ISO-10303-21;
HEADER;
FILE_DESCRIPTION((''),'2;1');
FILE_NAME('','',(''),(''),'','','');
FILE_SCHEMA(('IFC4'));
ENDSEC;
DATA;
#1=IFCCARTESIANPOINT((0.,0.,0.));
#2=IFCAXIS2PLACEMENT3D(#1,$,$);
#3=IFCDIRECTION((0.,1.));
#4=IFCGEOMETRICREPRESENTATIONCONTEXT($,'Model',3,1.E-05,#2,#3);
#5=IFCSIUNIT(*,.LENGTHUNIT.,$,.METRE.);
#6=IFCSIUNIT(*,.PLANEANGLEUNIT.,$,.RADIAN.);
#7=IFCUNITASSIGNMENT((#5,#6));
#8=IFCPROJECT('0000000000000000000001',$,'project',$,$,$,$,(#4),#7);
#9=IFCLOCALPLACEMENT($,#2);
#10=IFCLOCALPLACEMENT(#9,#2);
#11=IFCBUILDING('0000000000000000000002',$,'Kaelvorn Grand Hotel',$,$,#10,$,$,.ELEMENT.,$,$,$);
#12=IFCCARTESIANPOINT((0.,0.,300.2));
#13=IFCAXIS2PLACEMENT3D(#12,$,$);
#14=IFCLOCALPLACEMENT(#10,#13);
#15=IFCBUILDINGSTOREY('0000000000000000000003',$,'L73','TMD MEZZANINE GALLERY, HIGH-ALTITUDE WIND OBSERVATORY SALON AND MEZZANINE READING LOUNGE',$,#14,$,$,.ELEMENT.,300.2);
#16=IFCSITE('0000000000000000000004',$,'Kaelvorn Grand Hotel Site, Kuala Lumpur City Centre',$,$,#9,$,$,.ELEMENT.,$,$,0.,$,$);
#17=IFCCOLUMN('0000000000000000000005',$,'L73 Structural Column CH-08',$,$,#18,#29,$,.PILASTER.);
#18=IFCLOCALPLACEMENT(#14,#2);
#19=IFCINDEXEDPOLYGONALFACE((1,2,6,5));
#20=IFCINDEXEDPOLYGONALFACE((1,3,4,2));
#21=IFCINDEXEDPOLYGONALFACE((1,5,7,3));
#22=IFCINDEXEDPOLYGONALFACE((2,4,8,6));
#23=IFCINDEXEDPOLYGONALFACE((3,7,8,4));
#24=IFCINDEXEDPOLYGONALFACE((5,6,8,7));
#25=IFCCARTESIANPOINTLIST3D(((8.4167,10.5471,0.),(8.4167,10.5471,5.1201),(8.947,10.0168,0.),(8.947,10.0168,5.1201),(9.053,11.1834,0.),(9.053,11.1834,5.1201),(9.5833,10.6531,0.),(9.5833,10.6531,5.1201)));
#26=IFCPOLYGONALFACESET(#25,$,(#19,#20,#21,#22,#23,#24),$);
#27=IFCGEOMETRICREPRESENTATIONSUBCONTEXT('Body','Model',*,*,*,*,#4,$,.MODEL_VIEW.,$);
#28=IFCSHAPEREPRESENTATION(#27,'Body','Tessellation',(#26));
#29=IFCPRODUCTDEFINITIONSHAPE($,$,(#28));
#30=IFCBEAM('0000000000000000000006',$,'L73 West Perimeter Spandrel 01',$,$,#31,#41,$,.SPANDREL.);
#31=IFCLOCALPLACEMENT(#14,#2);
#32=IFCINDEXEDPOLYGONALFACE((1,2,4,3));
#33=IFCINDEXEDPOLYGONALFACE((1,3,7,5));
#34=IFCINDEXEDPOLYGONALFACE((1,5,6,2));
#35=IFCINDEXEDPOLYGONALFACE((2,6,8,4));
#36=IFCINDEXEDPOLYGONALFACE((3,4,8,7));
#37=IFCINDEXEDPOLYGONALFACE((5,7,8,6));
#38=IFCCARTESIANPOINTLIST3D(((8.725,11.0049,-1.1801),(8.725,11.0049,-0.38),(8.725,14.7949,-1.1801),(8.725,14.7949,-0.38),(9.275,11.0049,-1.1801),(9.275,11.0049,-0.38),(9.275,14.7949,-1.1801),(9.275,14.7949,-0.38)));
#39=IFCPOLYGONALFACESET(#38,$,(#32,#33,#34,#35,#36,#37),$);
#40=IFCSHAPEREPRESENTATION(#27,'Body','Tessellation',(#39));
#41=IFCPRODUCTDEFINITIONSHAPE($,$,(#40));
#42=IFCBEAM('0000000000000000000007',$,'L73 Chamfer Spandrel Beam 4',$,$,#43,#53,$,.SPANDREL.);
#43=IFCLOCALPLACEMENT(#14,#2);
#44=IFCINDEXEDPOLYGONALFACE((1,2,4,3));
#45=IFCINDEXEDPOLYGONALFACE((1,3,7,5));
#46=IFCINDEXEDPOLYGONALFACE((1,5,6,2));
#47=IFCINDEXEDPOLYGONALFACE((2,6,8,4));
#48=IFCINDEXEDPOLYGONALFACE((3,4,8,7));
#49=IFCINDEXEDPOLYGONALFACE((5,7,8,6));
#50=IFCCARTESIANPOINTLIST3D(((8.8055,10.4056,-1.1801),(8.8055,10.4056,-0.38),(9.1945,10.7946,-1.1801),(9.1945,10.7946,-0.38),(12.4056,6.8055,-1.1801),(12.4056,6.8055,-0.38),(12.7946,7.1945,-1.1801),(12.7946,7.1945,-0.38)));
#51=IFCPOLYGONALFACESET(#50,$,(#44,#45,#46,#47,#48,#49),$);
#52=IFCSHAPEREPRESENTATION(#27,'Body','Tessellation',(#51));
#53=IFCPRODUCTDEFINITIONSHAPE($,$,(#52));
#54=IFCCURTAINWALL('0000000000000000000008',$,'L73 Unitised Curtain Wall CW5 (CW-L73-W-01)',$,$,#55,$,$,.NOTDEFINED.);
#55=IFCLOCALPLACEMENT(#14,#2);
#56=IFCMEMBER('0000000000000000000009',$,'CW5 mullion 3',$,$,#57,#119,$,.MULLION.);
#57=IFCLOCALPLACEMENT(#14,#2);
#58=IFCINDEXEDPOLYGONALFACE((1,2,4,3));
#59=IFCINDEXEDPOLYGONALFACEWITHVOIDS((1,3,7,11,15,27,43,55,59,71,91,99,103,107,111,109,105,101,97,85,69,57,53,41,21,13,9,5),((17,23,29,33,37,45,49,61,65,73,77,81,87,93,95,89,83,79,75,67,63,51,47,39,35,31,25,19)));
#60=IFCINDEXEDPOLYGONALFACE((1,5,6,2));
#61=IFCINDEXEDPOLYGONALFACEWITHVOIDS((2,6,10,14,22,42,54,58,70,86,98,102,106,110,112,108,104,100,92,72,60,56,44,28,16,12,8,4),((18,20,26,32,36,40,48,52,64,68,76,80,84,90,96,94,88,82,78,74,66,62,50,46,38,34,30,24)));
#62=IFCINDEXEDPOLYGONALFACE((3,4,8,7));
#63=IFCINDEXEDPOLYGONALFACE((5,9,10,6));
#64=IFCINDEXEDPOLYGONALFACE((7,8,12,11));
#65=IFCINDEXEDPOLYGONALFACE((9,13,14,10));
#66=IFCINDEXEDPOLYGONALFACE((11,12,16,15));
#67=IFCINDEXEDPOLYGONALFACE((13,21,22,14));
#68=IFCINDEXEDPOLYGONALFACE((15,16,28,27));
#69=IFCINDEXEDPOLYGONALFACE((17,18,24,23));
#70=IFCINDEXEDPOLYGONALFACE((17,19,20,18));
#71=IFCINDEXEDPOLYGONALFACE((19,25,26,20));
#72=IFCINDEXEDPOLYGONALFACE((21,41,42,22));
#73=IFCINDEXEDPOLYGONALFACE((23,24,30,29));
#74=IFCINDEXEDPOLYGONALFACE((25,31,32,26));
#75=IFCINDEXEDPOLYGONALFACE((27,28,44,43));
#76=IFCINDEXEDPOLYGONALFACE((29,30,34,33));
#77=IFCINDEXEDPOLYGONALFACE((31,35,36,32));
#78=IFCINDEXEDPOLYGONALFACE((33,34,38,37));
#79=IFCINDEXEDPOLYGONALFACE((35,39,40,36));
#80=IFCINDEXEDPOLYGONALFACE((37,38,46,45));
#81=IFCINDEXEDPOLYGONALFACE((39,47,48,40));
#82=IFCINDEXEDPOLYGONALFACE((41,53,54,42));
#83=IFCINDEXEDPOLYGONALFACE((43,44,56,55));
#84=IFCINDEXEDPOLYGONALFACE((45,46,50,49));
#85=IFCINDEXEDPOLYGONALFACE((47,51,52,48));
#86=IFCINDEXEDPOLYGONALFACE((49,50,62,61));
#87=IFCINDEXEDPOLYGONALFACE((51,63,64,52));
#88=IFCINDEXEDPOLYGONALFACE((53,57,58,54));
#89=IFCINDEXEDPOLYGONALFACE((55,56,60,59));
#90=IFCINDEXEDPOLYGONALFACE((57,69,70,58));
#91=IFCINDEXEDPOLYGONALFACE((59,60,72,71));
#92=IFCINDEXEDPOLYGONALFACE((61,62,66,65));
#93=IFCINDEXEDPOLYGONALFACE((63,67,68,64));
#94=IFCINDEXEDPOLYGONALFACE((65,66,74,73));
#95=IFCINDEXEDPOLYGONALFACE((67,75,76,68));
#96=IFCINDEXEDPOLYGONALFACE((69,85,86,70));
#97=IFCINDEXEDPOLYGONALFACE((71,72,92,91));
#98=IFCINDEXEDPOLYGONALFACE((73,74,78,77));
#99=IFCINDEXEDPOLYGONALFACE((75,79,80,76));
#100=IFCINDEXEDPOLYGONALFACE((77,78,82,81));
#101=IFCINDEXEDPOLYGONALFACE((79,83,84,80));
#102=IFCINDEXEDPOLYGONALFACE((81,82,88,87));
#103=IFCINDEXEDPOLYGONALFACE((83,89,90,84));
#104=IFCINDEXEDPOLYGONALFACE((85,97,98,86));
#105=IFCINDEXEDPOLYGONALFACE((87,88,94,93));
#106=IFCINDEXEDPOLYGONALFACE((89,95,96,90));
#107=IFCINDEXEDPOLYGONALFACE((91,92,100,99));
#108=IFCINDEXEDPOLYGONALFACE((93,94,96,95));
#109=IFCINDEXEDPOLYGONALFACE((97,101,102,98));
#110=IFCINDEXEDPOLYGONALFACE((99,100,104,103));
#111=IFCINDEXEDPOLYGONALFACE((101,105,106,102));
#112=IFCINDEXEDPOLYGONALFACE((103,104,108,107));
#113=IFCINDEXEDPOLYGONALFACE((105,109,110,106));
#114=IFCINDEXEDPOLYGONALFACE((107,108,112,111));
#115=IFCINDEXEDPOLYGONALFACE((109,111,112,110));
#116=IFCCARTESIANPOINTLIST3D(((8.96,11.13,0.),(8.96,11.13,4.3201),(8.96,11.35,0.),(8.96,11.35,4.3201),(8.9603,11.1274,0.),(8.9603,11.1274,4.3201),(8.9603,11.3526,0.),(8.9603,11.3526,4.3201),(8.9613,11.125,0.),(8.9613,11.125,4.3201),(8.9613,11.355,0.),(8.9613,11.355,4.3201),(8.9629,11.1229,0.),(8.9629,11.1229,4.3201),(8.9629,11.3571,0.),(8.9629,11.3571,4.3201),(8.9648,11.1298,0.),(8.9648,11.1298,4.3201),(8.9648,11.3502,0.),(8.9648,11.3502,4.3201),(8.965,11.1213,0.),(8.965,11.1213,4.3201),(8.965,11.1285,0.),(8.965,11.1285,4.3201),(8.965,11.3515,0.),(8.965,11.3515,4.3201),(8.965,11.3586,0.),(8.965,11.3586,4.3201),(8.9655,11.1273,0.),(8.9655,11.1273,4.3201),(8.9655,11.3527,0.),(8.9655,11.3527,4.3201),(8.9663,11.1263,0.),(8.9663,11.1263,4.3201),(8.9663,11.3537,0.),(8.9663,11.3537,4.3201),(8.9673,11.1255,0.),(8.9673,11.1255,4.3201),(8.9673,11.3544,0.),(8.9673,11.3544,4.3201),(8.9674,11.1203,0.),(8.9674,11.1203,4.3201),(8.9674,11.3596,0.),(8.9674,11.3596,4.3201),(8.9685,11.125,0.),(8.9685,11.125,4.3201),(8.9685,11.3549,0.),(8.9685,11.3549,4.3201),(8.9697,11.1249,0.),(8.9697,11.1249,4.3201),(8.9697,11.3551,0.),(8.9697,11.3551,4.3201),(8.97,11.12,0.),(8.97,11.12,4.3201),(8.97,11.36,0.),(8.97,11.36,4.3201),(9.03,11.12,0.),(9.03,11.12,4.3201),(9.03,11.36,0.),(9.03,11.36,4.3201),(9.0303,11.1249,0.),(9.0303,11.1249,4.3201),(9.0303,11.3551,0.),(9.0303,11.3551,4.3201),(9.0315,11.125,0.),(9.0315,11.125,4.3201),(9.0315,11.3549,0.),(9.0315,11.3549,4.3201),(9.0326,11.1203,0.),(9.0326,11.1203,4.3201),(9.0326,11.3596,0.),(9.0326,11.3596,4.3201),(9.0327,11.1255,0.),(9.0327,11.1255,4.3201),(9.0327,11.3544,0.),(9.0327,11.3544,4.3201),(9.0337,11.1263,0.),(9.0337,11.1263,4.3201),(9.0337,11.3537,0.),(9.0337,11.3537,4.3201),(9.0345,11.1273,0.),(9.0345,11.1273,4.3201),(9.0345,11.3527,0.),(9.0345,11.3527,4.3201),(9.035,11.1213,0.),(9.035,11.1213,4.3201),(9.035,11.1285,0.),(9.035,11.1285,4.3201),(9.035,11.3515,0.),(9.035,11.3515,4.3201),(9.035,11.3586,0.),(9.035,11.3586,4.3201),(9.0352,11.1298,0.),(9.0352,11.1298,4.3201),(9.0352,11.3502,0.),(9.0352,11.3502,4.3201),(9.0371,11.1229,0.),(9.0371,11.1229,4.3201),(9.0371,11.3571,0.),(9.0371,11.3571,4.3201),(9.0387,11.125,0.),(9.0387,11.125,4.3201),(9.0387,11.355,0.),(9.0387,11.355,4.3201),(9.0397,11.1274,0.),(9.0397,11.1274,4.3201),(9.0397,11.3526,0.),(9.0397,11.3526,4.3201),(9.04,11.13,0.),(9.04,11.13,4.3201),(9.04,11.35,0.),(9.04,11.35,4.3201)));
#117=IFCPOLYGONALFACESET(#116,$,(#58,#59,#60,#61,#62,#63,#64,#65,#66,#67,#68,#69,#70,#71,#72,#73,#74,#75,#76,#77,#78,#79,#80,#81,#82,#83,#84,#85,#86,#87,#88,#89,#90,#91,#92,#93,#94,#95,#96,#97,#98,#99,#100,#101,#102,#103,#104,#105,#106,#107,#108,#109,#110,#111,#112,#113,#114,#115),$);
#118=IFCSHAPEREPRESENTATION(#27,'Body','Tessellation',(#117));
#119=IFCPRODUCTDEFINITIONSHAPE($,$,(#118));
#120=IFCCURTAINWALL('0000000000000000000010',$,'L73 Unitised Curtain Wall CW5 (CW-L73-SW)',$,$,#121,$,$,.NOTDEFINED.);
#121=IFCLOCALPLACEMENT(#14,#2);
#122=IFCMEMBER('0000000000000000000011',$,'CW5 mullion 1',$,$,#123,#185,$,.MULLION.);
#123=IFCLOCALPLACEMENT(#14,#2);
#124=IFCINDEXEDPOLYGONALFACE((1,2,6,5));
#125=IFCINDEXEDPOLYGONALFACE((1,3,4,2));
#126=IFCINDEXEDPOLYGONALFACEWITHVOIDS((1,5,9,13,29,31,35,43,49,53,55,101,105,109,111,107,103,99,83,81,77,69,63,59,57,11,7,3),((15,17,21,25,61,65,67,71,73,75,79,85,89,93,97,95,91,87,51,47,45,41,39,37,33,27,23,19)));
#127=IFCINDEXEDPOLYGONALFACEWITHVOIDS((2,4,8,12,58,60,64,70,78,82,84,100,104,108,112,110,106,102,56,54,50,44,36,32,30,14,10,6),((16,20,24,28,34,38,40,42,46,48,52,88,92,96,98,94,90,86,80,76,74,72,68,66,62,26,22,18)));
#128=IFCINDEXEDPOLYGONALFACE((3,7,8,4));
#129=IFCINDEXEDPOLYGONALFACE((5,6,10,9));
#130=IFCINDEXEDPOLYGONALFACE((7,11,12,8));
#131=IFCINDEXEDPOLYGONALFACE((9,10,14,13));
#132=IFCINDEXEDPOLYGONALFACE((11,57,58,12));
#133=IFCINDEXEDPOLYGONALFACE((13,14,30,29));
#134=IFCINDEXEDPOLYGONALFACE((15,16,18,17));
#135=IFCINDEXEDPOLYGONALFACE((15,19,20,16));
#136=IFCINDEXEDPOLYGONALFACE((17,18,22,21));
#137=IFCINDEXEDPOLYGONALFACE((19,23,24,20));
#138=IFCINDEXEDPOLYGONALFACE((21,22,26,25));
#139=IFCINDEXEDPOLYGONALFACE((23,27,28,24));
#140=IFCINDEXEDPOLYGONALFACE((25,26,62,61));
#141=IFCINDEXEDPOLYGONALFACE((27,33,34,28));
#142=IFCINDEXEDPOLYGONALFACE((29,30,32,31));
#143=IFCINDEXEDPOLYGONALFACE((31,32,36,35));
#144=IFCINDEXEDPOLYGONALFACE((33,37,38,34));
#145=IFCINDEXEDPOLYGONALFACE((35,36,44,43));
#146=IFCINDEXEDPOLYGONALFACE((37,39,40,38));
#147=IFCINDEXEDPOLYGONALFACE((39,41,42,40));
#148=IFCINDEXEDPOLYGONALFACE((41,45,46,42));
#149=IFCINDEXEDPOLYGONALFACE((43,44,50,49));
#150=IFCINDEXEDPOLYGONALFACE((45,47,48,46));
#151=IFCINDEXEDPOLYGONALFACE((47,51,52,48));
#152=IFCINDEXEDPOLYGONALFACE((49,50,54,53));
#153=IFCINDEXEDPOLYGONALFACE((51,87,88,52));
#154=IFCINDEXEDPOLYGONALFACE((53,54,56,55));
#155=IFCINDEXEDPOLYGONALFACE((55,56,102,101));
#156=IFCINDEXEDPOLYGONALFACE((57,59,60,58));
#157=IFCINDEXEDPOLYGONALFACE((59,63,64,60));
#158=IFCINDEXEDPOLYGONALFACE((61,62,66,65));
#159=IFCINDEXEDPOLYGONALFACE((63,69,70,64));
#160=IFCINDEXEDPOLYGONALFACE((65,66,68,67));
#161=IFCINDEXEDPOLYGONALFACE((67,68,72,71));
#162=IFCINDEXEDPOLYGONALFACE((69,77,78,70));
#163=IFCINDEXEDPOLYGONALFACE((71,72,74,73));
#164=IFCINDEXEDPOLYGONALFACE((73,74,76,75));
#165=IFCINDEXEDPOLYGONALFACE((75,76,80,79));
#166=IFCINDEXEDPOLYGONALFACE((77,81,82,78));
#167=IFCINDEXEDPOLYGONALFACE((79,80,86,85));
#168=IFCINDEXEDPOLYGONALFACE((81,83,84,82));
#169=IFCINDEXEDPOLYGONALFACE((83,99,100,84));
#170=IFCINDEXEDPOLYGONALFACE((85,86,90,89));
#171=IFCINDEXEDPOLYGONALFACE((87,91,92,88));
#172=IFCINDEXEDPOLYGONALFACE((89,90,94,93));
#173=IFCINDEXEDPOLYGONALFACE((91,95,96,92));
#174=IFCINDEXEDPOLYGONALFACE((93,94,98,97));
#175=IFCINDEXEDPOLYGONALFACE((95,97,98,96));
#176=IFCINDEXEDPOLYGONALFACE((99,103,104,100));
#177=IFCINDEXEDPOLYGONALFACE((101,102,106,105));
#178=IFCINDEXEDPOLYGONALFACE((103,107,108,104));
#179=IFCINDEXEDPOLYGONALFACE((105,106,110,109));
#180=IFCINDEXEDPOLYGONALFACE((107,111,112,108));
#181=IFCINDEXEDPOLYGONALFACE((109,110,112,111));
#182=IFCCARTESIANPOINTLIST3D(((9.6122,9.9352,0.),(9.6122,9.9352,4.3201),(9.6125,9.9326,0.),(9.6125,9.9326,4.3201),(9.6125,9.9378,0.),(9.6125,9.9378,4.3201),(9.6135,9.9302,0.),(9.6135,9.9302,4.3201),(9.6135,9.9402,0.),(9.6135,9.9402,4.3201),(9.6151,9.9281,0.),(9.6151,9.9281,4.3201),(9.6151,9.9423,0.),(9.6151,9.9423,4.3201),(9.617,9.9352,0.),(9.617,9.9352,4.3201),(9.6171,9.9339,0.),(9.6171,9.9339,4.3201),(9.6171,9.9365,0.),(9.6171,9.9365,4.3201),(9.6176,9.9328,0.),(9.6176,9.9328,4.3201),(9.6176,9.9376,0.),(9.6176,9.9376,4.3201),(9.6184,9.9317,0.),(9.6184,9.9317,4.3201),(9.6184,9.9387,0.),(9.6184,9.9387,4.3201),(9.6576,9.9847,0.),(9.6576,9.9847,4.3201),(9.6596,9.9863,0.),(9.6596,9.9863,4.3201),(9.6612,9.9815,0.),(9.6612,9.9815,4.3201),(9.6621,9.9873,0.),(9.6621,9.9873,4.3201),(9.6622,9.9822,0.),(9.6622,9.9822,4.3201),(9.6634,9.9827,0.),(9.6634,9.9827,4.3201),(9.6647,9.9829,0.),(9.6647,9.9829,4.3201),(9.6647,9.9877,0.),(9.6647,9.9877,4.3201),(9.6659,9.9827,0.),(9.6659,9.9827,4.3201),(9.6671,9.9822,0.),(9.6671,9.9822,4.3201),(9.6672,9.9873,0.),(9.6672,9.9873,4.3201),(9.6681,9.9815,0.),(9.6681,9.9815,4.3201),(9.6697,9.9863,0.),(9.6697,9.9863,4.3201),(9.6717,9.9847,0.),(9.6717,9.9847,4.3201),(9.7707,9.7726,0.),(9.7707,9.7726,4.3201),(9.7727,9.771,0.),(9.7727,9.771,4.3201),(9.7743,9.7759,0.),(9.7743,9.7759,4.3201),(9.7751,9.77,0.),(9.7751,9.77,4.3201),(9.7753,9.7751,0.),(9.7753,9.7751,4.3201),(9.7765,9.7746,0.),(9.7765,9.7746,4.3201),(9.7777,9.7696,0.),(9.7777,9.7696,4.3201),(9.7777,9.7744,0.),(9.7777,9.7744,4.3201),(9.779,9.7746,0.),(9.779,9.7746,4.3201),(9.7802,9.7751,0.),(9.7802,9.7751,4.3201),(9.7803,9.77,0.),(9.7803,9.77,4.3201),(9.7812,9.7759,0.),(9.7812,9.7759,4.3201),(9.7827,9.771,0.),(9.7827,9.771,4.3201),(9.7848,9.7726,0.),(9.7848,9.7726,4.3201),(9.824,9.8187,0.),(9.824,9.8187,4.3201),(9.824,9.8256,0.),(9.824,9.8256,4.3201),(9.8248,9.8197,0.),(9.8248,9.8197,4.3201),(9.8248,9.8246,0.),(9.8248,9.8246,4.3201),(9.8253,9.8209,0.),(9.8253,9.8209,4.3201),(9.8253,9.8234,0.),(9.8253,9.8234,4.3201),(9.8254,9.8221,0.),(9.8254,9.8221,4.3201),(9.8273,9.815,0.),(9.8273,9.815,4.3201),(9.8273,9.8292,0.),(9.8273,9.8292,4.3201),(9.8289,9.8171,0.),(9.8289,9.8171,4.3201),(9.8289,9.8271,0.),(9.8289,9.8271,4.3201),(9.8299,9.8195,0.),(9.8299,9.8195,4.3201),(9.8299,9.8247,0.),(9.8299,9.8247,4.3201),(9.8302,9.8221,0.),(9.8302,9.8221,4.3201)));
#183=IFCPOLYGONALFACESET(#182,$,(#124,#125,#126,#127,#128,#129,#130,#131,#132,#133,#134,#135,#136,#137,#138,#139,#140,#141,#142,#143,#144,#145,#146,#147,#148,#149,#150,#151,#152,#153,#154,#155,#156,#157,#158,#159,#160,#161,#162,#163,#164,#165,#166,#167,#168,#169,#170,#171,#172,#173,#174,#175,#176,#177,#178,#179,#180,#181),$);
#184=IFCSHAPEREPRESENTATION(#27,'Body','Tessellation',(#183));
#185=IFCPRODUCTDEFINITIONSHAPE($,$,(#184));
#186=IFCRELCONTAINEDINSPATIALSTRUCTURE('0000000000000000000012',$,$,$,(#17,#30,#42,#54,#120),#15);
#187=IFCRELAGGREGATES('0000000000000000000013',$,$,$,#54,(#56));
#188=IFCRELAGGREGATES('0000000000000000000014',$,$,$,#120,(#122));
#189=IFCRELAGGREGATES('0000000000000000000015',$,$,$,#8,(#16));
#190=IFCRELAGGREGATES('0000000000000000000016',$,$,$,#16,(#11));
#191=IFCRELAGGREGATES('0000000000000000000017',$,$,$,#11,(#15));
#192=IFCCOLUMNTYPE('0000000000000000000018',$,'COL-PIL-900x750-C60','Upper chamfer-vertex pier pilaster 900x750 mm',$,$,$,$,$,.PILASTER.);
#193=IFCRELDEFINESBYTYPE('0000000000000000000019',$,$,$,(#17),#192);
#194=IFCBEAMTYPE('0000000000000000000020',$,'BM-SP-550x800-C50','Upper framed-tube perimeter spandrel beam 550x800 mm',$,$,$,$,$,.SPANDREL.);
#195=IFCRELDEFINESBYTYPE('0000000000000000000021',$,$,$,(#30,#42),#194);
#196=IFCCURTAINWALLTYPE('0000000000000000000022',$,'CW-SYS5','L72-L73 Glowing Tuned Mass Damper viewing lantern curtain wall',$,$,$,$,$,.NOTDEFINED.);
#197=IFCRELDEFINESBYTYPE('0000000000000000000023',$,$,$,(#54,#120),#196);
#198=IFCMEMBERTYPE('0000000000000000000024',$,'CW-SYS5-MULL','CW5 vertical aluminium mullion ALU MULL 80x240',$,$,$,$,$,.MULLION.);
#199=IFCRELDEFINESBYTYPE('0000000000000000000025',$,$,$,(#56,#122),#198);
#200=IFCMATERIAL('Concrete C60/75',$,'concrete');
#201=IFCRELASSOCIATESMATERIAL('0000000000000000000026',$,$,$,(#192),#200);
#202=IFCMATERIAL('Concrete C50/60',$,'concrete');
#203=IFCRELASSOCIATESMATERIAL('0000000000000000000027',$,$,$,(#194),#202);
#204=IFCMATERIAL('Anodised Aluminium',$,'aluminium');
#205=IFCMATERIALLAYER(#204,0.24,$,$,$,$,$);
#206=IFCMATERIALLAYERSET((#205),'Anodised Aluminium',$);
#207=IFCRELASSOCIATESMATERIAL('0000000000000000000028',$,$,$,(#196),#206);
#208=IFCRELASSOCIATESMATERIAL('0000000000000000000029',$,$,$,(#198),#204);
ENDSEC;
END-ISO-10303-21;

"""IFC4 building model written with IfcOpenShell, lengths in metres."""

from ifc_helpers import new_model, si_unit, direction, frame, origin, origin_2d, place, context, subcontext, project, spatial, rectangle, hollow_rectangle, extrude, material, layer, layer_set, material_profile, profile_set, type_object, element, aggregate, save


model = new_model("IFC4")

# Units and contexts
model_context = context("Model", 3, precision=1e-05, world=origin(), true_north=direction((0.0, 1.0)))
body_context = subcontext(model_context, "Body", "Model", "MODEL_VIEW")
ifc_project = project(units=[si_unit("LENGTHUNIT", "METRE"), si_unit("PLANEANGLEUNIT", "RADIAN")], contexts=[model_context])

# Site, building, storey
site_placement = place(None, origin())
site = spatial("IfcSite", under=ifc_project, at=site_placement, Name="Kaelvorn Grand Hotel Site, Kuala Lumpur City Centre", CompositionType="ELEMENT", RefElevation=0.0)
building_placement = place(site_placement, origin())
building = spatial("IfcBuilding", under=site, at=building_placement, Name="Kaelvorn Grand Hotel", CompositionType="ELEMENT")
storey_placement = place(building_placement, frame((0.0, 0.0, 300.2)))
storey = spatial("IfcBuildingStorey", under=building, at=storey_placement, Name="L73", Description="TMD MEZZANINE GALLERY, HIGH-ALTITUDE WIND OBSERVATORY SALON AND MEZZANINE READING LOUNGE", CompositionType="ELEMENT", Elevation=300.2)

# Column
ifc_material_1 = material(Name="Concrete C60/75", Category="concrete")
ifc_material_profile_1 = material_profile(ifc_material_1, rectangle(XDim=0.8999, YDim=0.75, at=origin_2d()), Name="RC PILASTER 900x750")
ifc_profile_set_1 = profile_set([ifc_material_profile_1], Name="Concrete C60/75")
column_type = type_object("IfcColumnType", Name="COL-PIL-900x750-C60", Description="Upper chamfer-vertex pier pilaster 900x750 mm", PredefinedType="PILASTER", material=ifc_profile_set_1)
column_placement = place(storey_placement, frame((9.0, 10.6001, 0.0), z_axis=(0.0, 0.0, 1.0), x_axis=(0.707107, 0.707107, 0.0)))
element("IfcColumn", 1, at=column_placement, inside=storey, type_object=column_type, Name="L73 Structural Column CH-08", PredefinedType="PILASTER", context=body_context, shape_type="SweptSolid", body=[
    extrude(rectangle(XDim=0.8999, YDim=0.75, at=origin_2d()), origin(), (0.0, 0.0, 1.0), 5.1201),
])

# Beams
ifc_material_2 = material(Name="Concrete C50/60", Category="concrete")
ifc_material_profile_2 = material_profile(ifc_material_2, rectangle(XDim=0.55, YDim=0.8, at=origin_2d()), Name="RC SPANDREL 550x800")
ifc_profile_set_2 = profile_set([ifc_material_profile_2], Name="Concrete C50/60")
beam_type = type_object("IfcBeamType", Name="BM-SP-550x800-C50", Description="Upper framed-tube perimeter spandrel beam 550x800 mm", PredefinedType="SPANDREL", material=ifc_profile_set_2)
beam_1_placement = place(storey_placement, frame((9.0, 11.0049, -0.78), z_axis=(0.0, 1.0, 0.0), x_axis=(-1.0, 0.0, 0.0)))
element("IfcBeam", 2, at=beam_1_placement, inside=storey, type_object=beam_type, Name="L73 West Perimeter Spandrel 01", PredefinedType="SPANDREL", context=body_context, shape_type="SweptSolid", body=[
    extrude(rectangle(XDim=0.55, YDim=0.8, at=origin_2d()), origin(), (0.0, 0.0, 1.0), 3.79),
])
beam_2_placement = place(storey_placement, frame((9.0, 10.6001, -0.78), z_axis=(0.707107, -0.707107, 0.0), x_axis=(0.707107, 0.707107, 0.0)))
element("IfcBeam", 3, at=beam_2_placement, inside=storey, type_object=beam_type, Name="L73 Chamfer Spandrel Beam 4", PredefinedType="SPANDREL", context=body_context, shape_type="SweptSolid", body=[
    extrude(rectangle(XDim=0.55, YDim=0.8, at=origin_2d()), origin(), (0.0, 0.0, 1.0), 5.0913),
])

# Curtain wall, member
ifc_material_3 = material(Name="Anodised Aluminium", Category="aluminium")
ifc_layer_1 = layer(ifc_material_3, 0.24)
ifc_layer_set_1 = layer_set([ifc_layer_1], Name="Anodised Aluminium")
curtain_wall_type = type_object("IfcCurtainWallType", Name="CW-SYS5", Description="L72-L73 Glowing Tuned Mass Damper viewing lantern curtain wall", PredefinedType="NOTDEFINED", material=ifc_layer_set_1)
curtain_wall_1_placement = place(storey_placement, origin())
curtain_wall_1 = element("IfcCurtainWall", 4, at=curtain_wall_1_placement, inside=storey, type_object=curtain_wall_type, Name="L73 Unitised Curtain Wall CW5 (CW-L73-W-01)", PredefinedType="NOTDEFINED")
ifc_material_profile_3 = material_profile(ifc_material_3, hollow_rectangle(XDim=0.0801, YDim=0.24, WallThickness=0.0049, InnerFilletRadius=0.0049, OuterFilletRadius=0.01, at=origin_2d()), Name="ALU MULL 80x240")
ifc_profile_set_3 = profile_set([ifc_material_profile_3], Name="Anodised Aluminium")
member_type_1 = type_object("IfcMemberType", Name="CW-SYS5-MULL", Description="CW5 vertical aluminium mullion ALU MULL 80x240", PredefinedType="MULLION", material=ifc_profile_set_3)
member_1_placement = place(storey_placement, frame((9.0, 11.24, 0.0), z_axis=(0.0, 0.0, 1.0), x_axis=(1.0, 0.0, 0.0)))
member_1 = element("IfcMember", 5, at=member_1_placement, type_object=member_type_1, Name="CW5 mullion 3", PredefinedType="MULLION", context=body_context, shape_type="SweptSolid", body=[
    extrude(hollow_rectangle(XDim=0.0801, YDim=0.24, WallThickness=0.0049, InnerFilletRadius=0.0049, OuterFilletRadius=0.01, at=origin_2d()), origin(), (0.0, 0.0, 1.0), 4.3201),
])

# Curtain wall, member
curtain_wall_2_placement = place(storey_placement, origin())
curtain_wall_2 = element("IfcCurtainWall", 6, at=curtain_wall_2_placement, inside=storey, type_object=curtain_wall_type, Name="L73 Unitised Curtain Wall CW5 (CW-L73-SW)", PredefinedType="NOTDEFINED")
member_2_placement = place(storey_placement, frame((9.7212, 9.8787, 0.0), z_axis=(0.0, 0.0, 1.0), x_axis=(0.707107, 0.707107, 0.0)))
member_2 = element("IfcMember", 7, at=member_2_placement, type_object=member_type_1, Name="CW5 mullion 1", PredefinedType="MULLION", context=body_context, shape_type="SweptSolid", body=[
    extrude(hollow_rectangle(XDim=0.0801, YDim=0.24, WallThickness=0.0049, InnerFilletRadius=0.0049, OuterFilletRadius=0.01, at=origin_2d()), origin(), (0.0, 0.0, 1.0), 4.3201),
])

aggregate(curtain_wall_1, [member_1])
aggregate(curtain_wall_2, [member_2])

save(model, "model.ifc")
